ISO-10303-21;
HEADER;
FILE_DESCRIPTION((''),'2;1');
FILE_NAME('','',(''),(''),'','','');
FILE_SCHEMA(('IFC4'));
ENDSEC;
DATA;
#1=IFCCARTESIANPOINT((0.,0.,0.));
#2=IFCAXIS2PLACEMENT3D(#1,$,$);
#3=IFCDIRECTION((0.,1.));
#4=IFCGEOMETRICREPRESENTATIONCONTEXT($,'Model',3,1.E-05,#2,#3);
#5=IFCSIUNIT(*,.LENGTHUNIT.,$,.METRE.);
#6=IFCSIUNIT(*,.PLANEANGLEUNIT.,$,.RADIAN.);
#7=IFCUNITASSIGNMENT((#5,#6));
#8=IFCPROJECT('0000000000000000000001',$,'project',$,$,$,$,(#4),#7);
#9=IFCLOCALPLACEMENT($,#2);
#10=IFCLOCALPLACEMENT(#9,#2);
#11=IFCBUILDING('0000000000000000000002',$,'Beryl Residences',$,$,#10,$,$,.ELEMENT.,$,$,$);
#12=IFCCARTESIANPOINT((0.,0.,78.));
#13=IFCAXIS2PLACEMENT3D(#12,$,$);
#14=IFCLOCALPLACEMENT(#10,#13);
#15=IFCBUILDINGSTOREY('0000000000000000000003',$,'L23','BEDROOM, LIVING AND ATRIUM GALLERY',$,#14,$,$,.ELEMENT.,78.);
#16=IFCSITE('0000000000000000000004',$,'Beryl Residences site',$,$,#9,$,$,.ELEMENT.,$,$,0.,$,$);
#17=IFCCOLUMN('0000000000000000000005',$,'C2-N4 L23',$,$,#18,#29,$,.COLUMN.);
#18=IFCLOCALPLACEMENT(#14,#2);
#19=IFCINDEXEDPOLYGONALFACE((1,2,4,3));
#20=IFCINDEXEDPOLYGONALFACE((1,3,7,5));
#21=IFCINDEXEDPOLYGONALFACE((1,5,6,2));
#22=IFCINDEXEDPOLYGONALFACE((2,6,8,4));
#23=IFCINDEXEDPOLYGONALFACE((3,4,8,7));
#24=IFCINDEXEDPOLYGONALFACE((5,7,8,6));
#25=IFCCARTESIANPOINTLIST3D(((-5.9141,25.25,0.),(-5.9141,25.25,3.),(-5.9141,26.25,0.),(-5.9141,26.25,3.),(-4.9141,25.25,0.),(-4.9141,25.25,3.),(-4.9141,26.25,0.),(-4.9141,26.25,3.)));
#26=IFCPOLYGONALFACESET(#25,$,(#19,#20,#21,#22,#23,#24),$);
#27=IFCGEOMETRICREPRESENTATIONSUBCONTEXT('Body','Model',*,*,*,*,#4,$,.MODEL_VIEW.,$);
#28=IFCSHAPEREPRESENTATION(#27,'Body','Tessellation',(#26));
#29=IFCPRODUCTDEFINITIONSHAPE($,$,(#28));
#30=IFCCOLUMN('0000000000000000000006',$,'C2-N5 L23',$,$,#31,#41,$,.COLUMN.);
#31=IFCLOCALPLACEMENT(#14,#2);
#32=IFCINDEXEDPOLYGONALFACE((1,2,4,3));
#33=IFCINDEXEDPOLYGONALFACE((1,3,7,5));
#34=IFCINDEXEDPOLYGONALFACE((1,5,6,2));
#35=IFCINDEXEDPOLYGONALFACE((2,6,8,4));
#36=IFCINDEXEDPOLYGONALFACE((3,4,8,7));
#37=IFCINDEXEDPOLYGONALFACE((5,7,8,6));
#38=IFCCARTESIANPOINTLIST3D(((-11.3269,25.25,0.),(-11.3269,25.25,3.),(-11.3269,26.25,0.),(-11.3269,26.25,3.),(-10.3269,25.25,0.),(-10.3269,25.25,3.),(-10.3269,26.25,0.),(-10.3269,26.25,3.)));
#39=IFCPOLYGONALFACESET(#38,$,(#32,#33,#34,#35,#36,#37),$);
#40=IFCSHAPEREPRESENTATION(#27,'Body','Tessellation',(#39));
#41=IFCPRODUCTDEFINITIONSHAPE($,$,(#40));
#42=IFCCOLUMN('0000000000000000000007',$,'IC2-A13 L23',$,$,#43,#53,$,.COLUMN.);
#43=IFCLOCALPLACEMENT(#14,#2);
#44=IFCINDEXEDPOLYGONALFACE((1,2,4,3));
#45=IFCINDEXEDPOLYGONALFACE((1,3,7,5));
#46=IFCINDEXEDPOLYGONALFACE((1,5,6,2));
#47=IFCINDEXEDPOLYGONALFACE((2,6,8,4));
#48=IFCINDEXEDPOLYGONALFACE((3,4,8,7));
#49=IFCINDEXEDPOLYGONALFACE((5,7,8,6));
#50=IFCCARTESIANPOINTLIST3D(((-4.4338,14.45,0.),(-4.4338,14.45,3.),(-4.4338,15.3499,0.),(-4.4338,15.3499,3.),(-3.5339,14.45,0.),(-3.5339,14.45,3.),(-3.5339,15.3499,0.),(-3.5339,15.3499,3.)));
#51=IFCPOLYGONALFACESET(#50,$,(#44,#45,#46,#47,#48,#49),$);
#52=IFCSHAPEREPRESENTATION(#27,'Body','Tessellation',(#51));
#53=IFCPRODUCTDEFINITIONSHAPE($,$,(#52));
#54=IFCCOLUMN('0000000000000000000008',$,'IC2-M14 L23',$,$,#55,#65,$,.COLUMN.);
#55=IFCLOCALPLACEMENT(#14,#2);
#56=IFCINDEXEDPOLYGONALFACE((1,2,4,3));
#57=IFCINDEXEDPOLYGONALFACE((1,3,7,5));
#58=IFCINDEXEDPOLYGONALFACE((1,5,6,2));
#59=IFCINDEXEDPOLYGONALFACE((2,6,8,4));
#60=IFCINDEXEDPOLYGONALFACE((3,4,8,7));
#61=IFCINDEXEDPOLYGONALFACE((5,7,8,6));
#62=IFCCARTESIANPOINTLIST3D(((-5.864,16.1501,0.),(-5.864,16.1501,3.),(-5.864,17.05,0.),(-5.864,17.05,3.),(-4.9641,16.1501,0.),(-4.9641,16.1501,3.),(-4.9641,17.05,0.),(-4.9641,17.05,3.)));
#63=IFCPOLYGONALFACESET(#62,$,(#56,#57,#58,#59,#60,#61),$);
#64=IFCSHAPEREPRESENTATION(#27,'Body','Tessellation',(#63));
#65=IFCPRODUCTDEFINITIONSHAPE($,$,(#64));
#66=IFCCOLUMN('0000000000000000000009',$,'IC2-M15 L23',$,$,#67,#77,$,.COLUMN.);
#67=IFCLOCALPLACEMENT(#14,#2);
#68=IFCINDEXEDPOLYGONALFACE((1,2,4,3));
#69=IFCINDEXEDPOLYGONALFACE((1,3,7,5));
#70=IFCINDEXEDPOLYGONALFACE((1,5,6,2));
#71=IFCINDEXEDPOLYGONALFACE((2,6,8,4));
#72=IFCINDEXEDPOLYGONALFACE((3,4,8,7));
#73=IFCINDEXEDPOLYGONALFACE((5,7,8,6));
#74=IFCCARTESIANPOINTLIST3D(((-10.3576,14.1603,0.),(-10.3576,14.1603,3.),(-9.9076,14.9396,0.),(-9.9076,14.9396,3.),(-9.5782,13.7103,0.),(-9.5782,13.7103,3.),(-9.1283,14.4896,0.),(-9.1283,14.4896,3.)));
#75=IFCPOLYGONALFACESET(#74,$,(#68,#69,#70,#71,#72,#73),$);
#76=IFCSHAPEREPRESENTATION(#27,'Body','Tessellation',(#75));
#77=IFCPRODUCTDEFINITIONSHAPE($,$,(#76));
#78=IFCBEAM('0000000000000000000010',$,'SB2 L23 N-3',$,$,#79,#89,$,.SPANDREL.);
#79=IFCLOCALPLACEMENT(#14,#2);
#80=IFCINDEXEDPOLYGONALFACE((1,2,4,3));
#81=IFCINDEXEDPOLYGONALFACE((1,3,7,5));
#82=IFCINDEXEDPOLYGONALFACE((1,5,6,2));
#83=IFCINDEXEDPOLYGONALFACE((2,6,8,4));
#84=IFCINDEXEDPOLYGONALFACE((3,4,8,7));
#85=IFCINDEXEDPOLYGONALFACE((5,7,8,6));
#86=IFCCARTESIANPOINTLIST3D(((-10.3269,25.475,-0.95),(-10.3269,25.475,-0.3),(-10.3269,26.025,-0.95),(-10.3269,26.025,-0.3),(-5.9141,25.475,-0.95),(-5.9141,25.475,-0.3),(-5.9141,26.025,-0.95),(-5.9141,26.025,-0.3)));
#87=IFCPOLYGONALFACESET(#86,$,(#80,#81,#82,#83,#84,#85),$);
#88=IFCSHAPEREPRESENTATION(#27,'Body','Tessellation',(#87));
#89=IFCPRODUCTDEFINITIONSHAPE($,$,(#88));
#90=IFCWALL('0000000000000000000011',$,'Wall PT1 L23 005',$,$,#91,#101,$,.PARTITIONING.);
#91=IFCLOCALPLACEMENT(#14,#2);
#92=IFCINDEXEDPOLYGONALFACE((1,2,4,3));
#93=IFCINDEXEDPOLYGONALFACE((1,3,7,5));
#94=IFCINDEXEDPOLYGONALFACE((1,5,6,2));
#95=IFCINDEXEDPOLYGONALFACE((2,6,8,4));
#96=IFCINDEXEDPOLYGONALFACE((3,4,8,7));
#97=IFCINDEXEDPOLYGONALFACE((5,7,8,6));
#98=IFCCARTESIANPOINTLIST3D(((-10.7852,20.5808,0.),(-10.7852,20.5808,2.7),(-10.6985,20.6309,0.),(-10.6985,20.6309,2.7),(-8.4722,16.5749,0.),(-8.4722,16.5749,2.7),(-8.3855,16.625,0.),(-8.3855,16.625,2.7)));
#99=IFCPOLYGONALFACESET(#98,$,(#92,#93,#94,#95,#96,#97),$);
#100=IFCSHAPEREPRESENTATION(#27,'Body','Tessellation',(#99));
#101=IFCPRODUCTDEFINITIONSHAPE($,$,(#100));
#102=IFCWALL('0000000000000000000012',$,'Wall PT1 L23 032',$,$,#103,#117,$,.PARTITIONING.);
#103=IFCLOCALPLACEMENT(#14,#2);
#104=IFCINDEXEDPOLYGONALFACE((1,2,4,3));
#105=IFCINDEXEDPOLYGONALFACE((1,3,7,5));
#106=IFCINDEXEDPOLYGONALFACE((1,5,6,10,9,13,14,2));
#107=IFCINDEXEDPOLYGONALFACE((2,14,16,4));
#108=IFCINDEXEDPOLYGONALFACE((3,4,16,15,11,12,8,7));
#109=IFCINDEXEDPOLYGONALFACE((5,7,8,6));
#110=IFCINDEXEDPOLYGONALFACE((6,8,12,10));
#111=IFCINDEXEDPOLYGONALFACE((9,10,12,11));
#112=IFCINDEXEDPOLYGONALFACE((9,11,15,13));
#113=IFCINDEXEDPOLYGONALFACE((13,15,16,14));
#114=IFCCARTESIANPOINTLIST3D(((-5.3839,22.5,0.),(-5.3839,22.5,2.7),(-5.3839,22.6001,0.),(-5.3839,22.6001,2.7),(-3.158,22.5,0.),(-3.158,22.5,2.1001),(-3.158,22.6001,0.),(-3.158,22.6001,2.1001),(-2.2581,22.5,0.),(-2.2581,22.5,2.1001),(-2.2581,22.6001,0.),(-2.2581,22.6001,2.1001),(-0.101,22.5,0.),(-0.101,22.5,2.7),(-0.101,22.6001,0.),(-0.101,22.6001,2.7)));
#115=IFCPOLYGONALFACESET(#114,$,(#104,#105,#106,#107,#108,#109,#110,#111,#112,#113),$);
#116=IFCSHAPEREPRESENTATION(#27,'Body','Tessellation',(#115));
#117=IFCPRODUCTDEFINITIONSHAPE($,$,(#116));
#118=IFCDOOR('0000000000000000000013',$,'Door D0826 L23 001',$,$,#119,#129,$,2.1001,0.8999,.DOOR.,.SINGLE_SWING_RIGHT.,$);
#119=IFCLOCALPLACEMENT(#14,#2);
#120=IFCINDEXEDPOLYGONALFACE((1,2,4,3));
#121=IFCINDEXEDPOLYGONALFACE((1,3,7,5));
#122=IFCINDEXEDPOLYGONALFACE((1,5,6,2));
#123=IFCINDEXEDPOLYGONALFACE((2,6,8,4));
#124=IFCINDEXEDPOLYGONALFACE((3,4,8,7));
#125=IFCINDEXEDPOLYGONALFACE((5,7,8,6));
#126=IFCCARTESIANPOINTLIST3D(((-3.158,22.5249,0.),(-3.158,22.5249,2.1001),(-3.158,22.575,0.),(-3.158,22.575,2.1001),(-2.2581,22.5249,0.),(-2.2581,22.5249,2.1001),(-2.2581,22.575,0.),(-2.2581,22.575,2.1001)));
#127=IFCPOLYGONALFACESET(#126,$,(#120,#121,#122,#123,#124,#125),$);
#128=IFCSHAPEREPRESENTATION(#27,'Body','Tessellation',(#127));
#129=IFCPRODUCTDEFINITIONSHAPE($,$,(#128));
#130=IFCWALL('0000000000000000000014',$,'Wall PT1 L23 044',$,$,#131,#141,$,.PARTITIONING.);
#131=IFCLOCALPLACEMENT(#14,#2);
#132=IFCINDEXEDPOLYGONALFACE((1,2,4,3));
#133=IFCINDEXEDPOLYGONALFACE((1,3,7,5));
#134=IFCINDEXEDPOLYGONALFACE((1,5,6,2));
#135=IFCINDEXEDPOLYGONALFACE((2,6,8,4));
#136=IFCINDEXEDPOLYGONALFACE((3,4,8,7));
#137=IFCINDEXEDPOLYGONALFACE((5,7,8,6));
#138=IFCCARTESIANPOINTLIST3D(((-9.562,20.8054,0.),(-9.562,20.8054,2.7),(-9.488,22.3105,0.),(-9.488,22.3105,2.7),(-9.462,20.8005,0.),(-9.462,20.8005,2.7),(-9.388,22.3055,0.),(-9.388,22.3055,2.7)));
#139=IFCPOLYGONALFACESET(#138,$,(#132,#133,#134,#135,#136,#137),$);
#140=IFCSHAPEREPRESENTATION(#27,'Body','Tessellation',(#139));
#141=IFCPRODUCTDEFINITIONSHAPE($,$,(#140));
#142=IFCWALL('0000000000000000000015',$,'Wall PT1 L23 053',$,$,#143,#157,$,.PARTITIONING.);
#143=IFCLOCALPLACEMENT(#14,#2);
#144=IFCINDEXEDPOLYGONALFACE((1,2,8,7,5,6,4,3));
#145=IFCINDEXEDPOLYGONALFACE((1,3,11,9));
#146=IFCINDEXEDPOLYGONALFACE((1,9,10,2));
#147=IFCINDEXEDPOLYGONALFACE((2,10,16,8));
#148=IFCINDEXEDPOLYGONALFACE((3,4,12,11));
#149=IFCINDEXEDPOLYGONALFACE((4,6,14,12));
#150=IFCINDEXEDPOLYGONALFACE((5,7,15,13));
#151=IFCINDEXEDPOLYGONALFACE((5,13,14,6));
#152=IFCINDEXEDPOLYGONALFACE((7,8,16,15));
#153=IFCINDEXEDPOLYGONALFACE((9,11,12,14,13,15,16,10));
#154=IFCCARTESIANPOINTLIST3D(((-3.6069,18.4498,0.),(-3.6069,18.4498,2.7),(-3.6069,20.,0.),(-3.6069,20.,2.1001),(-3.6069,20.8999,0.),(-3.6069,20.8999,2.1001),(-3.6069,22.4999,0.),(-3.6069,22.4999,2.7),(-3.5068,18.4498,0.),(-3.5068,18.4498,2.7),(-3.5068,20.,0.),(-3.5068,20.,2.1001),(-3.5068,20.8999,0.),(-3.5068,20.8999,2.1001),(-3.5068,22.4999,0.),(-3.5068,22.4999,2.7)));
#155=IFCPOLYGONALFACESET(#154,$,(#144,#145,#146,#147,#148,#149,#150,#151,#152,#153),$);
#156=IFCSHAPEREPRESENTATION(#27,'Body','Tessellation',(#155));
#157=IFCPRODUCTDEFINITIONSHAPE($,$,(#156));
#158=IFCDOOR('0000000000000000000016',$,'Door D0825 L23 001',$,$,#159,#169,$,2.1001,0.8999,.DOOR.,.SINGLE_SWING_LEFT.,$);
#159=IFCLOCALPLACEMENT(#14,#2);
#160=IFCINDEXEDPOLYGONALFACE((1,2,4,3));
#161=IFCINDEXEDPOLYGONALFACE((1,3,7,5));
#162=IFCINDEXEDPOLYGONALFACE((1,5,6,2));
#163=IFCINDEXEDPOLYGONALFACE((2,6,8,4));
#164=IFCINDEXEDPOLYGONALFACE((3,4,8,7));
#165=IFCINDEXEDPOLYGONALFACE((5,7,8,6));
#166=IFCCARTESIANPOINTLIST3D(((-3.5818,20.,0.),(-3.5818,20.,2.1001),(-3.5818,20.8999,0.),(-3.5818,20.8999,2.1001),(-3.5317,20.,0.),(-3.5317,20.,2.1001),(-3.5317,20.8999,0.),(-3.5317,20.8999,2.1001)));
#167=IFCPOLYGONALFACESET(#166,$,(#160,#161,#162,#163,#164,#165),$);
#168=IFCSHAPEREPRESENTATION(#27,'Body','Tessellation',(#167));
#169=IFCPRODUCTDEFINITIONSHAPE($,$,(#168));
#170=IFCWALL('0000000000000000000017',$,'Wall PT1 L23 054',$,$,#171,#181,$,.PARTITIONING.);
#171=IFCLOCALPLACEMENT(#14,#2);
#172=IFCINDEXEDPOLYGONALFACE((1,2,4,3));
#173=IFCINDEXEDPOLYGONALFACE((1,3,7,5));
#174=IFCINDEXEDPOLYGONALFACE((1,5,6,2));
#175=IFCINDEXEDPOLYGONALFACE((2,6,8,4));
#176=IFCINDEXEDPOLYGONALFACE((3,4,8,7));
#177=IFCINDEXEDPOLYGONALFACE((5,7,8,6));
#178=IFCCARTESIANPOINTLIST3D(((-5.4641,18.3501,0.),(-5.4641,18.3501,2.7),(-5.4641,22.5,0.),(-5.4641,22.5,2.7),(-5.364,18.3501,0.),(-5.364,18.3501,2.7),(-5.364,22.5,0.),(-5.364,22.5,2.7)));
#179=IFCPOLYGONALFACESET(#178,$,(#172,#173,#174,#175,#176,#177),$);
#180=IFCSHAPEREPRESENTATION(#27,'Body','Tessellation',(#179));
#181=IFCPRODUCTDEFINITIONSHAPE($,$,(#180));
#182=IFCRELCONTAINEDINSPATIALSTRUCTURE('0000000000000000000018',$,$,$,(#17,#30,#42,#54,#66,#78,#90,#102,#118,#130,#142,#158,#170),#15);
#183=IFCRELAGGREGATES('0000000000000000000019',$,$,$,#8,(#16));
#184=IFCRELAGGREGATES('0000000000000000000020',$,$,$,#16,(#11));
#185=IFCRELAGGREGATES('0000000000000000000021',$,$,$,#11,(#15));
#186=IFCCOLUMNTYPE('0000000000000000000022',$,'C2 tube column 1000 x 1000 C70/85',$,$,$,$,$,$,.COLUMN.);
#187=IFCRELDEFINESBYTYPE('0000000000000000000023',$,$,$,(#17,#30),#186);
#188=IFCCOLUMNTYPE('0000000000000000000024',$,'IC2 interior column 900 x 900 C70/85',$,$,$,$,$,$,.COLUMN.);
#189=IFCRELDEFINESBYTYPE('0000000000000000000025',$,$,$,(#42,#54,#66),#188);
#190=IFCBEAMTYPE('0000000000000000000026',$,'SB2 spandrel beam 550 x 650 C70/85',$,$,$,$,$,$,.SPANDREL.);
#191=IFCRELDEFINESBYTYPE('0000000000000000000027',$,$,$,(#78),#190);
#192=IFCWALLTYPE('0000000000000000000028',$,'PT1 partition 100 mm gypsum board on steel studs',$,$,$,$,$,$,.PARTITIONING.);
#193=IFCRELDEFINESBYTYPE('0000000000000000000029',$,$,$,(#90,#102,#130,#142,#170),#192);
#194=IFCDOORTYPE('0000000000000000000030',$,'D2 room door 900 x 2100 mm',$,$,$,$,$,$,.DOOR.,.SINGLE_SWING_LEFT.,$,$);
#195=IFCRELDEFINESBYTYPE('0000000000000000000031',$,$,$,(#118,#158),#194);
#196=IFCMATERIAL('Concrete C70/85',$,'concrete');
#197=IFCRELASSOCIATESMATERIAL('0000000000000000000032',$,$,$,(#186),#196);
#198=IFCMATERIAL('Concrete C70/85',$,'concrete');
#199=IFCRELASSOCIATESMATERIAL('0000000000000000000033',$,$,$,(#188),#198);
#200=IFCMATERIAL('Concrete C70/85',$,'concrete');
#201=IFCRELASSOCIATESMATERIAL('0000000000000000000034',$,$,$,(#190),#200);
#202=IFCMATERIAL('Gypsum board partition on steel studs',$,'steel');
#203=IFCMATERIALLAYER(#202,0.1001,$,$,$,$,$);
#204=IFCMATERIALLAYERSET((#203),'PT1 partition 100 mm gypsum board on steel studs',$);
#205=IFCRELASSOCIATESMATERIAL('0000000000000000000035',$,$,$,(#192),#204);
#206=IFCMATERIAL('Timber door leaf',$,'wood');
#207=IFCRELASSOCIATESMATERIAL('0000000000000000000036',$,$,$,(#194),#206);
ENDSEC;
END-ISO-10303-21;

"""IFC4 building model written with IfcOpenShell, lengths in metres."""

from ifc_helpers import new_model, si_unit, direction, frame, frame_2d, origin, origin_2d, place, context, subcontext, project, spatial, rectangle, extrude, material, layer, layer_set, material_profile, profile_set, type_object, element, fill, save


model = new_model("IFC4")

# Units and contexts
model_context = context("Model", 3, precision=1e-05, world=origin(), true_north=direction((0.0, 1.0)))
body_context = subcontext(model_context, "Body", "Model", "MODEL_VIEW")
ifc_project = project(units=[si_unit("LENGTHUNIT", "METRE"), si_unit("PLANEANGLEUNIT", "RADIAN")], contexts=[model_context])

# Site, building, storey
site_placement = place(None, origin())
site = spatial("IfcSite", under=ifc_project, at=site_placement, Name="Beryl Residences site", CompositionType="ELEMENT", RefElevation=0.0)
building_placement = place(site_placement, origin())
building = spatial("IfcBuilding", under=site, at=building_placement, Name="Beryl Residences", CompositionType="ELEMENT")
storey_placement = place(building_placement, frame((0.0, 0.0, 78.0)))
storey = spatial("IfcBuildingStorey", under=building, at=storey_placement, Name="L23", Description="BEDROOM, LIVING AND ATRIUM GALLERY", CompositionType="ELEMENT", Elevation=78.0)

# Columns
ifc_material_1 = material(Name="Concrete C70/85", Category="concrete")
ifc_material_profile_1 = material_profile(ifc_material_1, rectangle(XDim=1.0, YDim=1.0, at=origin_2d()))
ifc_profile_set_1 = profile_set([ifc_material_profile_1], Name="Concrete C70/85")
column_type_1 = type_object("IfcColumnType", Name="C2 tube column 1000 x 1000 C70/85", PredefinedType="COLUMN", material=ifc_profile_set_1)
for number, where, z_axis, x_axis, name in (
    (1, (-5.4141, 25.75, 0.0), (0.0, 0.0, 1.0), (-1.0, 0.0, 0.0), "C2-N4 L23"),
    (2, (-10.8269, 25.75, 0.0), (0.0, 0.0, 1.0), (-1.0, 0.0, 0.0), "C2-N5 L23"),
):
    element("IfcColumn", number, at=place(storey_placement, frame(where, z_axis=z_axis, x_axis=x_axis)), inside=storey, type_object=column_type_1, Name=name, PredefinedType="COLUMN", context=body_context, shape_type="SweptSolid", body=[
        extrude(rectangle(XDim=1.0, YDim=1.0, at=origin_2d()), origin(), (0.0, 0.0, 1.0), 3.0),
    ])
ifc_material_2 = material(Name="Concrete C70/85", Category="concrete")
ifc_material_profile_2 = material_profile(ifc_material_2, rectangle(XDim=0.8999, YDim=0.8999, at=origin_2d()))
ifc_profile_set_2 = profile_set([ifc_material_profile_2], Name="Concrete C70/85")
column_type_2 = type_object("IfcColumnType", Name="IC2 interior column 900 x 900 C70/85", PredefinedType="COLUMN", material=ifc_profile_set_2)
for number, where, z_axis, x_axis, name in (
    (3, (-3.9839, 14.8999, 0.0), (0.0, 0.0, 1.0), (1.0, 0.0, 0.0), "IC2-A13 L23"),
    (4, (-5.4141, 16.6001, 0.0), (0.0, 0.0, 1.0), (-1.0, 0.0, 0.0), "IC2-M14 L23"),
    (5, (-9.7429, 14.325, 0.0), (0.0, 0.0, 1.0), (-0.5, -0.866025, 0.0), "IC2-M15 L23"),
):
    element("IfcColumn", number, at=place(storey_placement, frame(where, z_axis=z_axis, x_axis=x_axis)), inside=storey, type_object=column_type_2, Name=name, PredefinedType="COLUMN", context=body_context, shape_type="SweptSolid", body=[
        extrude(rectangle(XDim=0.8999, YDim=0.8999, at=origin_2d()), origin(), (0.0, 0.0, 1.0), 3.0),
    ])

# Beam
ifc_material_3 = material(Name="Concrete C70/85", Category="concrete")
ifc_material_profile_3 = material_profile(ifc_material_3, rectangle(XDim=0.55, YDim=0.6499, at=origin_2d()))
ifc_profile_set_3 = profile_set([ifc_material_profile_3], Name="Concrete C70/85")
beam_type = type_object("IfcBeamType", Name="SB2 spandrel beam 550 x 650 C70/85", PredefinedType="SPANDREL", material=ifc_profile_set_3)
beam_placement = place(storey_placement, frame((-5.9141, 25.75, -0.625), z_axis=(-1.0, 0.0, 0.0), x_axis=(0.0, -1.0, 0.0)))
element("IfcBeam", 6, at=beam_placement, inside=storey, type_object=beam_type, Name="SB2 L23 N-3", PredefinedType="SPANDREL", context=body_context, shape_type="SweptSolid", body=[
    extrude(rectangle(XDim=0.55, YDim=0.6499, at=origin_2d()), origin(), (0.0, 0.0, 1.0), 4.4128),
])

# Wall
ifc_material_4 = material(Name="Gypsum board partition on steel studs", Category="steel")
ifc_layer_1 = layer(ifc_material_4, 0.1001)
ifc_layer_set_1 = layer_set([ifc_layer_1], Name="PT1 partition 100 mm gypsum board on steel studs")
wall_type_1 = type_object("IfcWallType", Name="PT1 partition 100 mm gypsum board on steel studs", PredefinedType="PARTITIONING", material=ifc_layer_set_1)
wall_1_placement = place(storey_placement, frame((-10.7419, 20.606, 0.0), z_axis=(0.0, 0.0, 1.0), x_axis=(0.500033, -0.866006, 0.0)))
element("IfcWall", 7, at=wall_1_placement, inside=storey, type_object=wall_type_1, Name="Wall PT1 L23 005", PredefinedType="PARTITIONING", context=body_context, shape_type="SweptSolid", body=[
    extrude(rectangle(XDim=4.6257, YDim=0.1001, at=frame_2d((2.313, 0.0))), origin(), (0.0, 0.0, 1.0), 2.7),
])

# Wall, opening, door
wall_2_placement = place(storey_placement, frame((-5.384, 22.55, 0.0), z_axis=(0.0, 0.0, 1.0), x_axis=(1.0, 0.0, 0.0)))
wall_2 = element("IfcWall", 8, at=wall_2_placement, inside=storey, type_object=wall_type_1, Name="Wall PT1 L23 032", PredefinedType="PARTITIONING", context=body_context, shape_type="SweptSolid", body=[
    extrude(rectangle(XDim=5.283, YDim=0.1001, at=frame_2d((2.6416, 0.0))), origin(), (0.0, 0.0, 1.0), 2.7),
])
opening_1_placement = place(wall_2_placement, frame((2.2261, 0.0, 0.0)))
opening_1 = element("IfcOpeningElement", 9, at=opening_1_placement, cuts=wall_2, PredefinedType="OPENING", context=body_context, shape_type="SweptSolid", body=[
    extrude(rectangle(XDim=0.8999, YDim=2.1001, at=frame_2d((0.45, 1.05))), frame((0.0, 0.0601, 0.0), z_axis=(0.0, -1.0, 0.0), x_axis=(1.0, 0.0, 0.0)), (0.0, 0.0, 1.0), 0.1201),
])
ifc_material_5 = material(Name="Timber door leaf", Category="wood")
door_type_1 = type_object("IfcDoorType", Name="D2 room door 900 x 2100 mm", OperationType="SINGLE_SWING_LEFT", PredefinedType="DOOR", material=ifc_material_5)
door_1_placement = place(opening_1_placement, origin())
door_1 = element("IfcDoor", 10, at=door_1_placement, inside=storey, type_object=door_type_1, Name="Door D0826 L23 001", OperationType="SINGLE_SWING_RIGHT", OverallHeight=2.1001, OverallWidth=0.8999, PredefinedType="DOOR", context=body_context, shape_type="SweptSolid", body=[
    extrude(rectangle(XDim=0.8999, YDim=2.1001, at=frame_2d((0.45, 1.05))), frame((0.0, 0.0249, 0.0), z_axis=(0.0, -1.0, 0.0), x_axis=(1.0, 0.0, 0.0)), (0.0, 0.0, 1.0), 0.05),
])
fill(opening_1, door_1)

# Wall
wall_3_placement = place(storey_placement, frame((-9.512, 20.803, 0.0), z_axis=(0.0, 0.0, 1.0), x_axis=(0.049089, 0.998794, 0.0)))
element("IfcWall", 11, at=wall_3_placement, inside=storey, type_object=wall_type_1, Name="Wall PT1 L23 044", PredefinedType="PARTITIONING", context=body_context, shape_type="SweptSolid", body=[
    extrude(rectangle(XDim=1.5068, YDim=0.1001, at=frame_2d((0.7534, 0.0))), origin(), (0.0, 0.0, 1.0), 2.7),
])

# Wall, opening, door
wall_4_placement = place(storey_placement, frame((-3.5569, 18.45, 0.0), z_axis=(0.0, 0.0, 1.0), x_axis=(0.0, 1.0, 0.0)))
wall_4 = element("IfcWall", 12, at=wall_4_placement, inside=storey, type_object=wall_type_1, Name="Wall PT1 L23 053", PredefinedType="PARTITIONING", context=body_context, shape_type="SweptSolid", body=[
    extrude(rectangle(XDim=4.05, YDim=0.1001, at=frame_2d((2.0249, 0.0))), origin(), (0.0, 0.0, 1.0), 2.7),
])
opening_2_placement = place(wall_4_placement, frame((1.55, 0.0, 0.0)))
opening_2 = element("IfcOpeningElement", 13, at=opening_2_placement, cuts=wall_4, PredefinedType="OPENING", context=body_context, shape_type="SweptSolid", body=[
    extrude(rectangle(XDim=0.8999, YDim=2.1001, at=frame_2d((0.45, 1.05))), frame((0.0, 0.0601, 0.0), z_axis=(0.0, -1.0, 0.0), x_axis=(1.0, 0.0, 0.0)), (0.0, 0.0, 1.0), 0.1201),
])
door_2_placement = place(opening_2_placement, origin())
door_2 = element("IfcDoor", 14, at=door_2_placement, inside=storey, type_object=door_type_1, Name="Door D0825 L23 001", OperationType="SINGLE_SWING_LEFT", OverallHeight=2.1001, OverallWidth=0.8999, PredefinedType="DOOR", context=body_context, shape_type="SweptSolid", body=[
    extrude(rectangle(XDim=0.8999, YDim=2.1001, at=frame_2d((0.45, 1.05))), frame((0.0, 0.0249, 0.0), z_axis=(0.0, -1.0, 0.0), x_axis=(1.0, 0.0, 0.0)), (0.0, 0.0, 1.0), 0.05),
])
fill(opening_2, door_2)

# Wall
wall_5_placement = place(storey_placement, frame((-5.4141, 18.3501, 0.0), z_axis=(0.0, 0.0, 1.0), x_axis=(0.0, 1.0, 0.0)))
element("IfcWall", 15, at=wall_5_placement, inside=storey, type_object=wall_type_1, Name="Wall PT1 L23 054", PredefinedType="PARTITIONING", context=body_context, shape_type="SweptSolid", body=[
    extrude(rectangle(XDim=4.1499, YDim=0.1001, at=frame_2d((2.075, 0.0))), origin(), (0.0, 0.0, 1.0), 2.7),
])

save(model, "model.ifc")
